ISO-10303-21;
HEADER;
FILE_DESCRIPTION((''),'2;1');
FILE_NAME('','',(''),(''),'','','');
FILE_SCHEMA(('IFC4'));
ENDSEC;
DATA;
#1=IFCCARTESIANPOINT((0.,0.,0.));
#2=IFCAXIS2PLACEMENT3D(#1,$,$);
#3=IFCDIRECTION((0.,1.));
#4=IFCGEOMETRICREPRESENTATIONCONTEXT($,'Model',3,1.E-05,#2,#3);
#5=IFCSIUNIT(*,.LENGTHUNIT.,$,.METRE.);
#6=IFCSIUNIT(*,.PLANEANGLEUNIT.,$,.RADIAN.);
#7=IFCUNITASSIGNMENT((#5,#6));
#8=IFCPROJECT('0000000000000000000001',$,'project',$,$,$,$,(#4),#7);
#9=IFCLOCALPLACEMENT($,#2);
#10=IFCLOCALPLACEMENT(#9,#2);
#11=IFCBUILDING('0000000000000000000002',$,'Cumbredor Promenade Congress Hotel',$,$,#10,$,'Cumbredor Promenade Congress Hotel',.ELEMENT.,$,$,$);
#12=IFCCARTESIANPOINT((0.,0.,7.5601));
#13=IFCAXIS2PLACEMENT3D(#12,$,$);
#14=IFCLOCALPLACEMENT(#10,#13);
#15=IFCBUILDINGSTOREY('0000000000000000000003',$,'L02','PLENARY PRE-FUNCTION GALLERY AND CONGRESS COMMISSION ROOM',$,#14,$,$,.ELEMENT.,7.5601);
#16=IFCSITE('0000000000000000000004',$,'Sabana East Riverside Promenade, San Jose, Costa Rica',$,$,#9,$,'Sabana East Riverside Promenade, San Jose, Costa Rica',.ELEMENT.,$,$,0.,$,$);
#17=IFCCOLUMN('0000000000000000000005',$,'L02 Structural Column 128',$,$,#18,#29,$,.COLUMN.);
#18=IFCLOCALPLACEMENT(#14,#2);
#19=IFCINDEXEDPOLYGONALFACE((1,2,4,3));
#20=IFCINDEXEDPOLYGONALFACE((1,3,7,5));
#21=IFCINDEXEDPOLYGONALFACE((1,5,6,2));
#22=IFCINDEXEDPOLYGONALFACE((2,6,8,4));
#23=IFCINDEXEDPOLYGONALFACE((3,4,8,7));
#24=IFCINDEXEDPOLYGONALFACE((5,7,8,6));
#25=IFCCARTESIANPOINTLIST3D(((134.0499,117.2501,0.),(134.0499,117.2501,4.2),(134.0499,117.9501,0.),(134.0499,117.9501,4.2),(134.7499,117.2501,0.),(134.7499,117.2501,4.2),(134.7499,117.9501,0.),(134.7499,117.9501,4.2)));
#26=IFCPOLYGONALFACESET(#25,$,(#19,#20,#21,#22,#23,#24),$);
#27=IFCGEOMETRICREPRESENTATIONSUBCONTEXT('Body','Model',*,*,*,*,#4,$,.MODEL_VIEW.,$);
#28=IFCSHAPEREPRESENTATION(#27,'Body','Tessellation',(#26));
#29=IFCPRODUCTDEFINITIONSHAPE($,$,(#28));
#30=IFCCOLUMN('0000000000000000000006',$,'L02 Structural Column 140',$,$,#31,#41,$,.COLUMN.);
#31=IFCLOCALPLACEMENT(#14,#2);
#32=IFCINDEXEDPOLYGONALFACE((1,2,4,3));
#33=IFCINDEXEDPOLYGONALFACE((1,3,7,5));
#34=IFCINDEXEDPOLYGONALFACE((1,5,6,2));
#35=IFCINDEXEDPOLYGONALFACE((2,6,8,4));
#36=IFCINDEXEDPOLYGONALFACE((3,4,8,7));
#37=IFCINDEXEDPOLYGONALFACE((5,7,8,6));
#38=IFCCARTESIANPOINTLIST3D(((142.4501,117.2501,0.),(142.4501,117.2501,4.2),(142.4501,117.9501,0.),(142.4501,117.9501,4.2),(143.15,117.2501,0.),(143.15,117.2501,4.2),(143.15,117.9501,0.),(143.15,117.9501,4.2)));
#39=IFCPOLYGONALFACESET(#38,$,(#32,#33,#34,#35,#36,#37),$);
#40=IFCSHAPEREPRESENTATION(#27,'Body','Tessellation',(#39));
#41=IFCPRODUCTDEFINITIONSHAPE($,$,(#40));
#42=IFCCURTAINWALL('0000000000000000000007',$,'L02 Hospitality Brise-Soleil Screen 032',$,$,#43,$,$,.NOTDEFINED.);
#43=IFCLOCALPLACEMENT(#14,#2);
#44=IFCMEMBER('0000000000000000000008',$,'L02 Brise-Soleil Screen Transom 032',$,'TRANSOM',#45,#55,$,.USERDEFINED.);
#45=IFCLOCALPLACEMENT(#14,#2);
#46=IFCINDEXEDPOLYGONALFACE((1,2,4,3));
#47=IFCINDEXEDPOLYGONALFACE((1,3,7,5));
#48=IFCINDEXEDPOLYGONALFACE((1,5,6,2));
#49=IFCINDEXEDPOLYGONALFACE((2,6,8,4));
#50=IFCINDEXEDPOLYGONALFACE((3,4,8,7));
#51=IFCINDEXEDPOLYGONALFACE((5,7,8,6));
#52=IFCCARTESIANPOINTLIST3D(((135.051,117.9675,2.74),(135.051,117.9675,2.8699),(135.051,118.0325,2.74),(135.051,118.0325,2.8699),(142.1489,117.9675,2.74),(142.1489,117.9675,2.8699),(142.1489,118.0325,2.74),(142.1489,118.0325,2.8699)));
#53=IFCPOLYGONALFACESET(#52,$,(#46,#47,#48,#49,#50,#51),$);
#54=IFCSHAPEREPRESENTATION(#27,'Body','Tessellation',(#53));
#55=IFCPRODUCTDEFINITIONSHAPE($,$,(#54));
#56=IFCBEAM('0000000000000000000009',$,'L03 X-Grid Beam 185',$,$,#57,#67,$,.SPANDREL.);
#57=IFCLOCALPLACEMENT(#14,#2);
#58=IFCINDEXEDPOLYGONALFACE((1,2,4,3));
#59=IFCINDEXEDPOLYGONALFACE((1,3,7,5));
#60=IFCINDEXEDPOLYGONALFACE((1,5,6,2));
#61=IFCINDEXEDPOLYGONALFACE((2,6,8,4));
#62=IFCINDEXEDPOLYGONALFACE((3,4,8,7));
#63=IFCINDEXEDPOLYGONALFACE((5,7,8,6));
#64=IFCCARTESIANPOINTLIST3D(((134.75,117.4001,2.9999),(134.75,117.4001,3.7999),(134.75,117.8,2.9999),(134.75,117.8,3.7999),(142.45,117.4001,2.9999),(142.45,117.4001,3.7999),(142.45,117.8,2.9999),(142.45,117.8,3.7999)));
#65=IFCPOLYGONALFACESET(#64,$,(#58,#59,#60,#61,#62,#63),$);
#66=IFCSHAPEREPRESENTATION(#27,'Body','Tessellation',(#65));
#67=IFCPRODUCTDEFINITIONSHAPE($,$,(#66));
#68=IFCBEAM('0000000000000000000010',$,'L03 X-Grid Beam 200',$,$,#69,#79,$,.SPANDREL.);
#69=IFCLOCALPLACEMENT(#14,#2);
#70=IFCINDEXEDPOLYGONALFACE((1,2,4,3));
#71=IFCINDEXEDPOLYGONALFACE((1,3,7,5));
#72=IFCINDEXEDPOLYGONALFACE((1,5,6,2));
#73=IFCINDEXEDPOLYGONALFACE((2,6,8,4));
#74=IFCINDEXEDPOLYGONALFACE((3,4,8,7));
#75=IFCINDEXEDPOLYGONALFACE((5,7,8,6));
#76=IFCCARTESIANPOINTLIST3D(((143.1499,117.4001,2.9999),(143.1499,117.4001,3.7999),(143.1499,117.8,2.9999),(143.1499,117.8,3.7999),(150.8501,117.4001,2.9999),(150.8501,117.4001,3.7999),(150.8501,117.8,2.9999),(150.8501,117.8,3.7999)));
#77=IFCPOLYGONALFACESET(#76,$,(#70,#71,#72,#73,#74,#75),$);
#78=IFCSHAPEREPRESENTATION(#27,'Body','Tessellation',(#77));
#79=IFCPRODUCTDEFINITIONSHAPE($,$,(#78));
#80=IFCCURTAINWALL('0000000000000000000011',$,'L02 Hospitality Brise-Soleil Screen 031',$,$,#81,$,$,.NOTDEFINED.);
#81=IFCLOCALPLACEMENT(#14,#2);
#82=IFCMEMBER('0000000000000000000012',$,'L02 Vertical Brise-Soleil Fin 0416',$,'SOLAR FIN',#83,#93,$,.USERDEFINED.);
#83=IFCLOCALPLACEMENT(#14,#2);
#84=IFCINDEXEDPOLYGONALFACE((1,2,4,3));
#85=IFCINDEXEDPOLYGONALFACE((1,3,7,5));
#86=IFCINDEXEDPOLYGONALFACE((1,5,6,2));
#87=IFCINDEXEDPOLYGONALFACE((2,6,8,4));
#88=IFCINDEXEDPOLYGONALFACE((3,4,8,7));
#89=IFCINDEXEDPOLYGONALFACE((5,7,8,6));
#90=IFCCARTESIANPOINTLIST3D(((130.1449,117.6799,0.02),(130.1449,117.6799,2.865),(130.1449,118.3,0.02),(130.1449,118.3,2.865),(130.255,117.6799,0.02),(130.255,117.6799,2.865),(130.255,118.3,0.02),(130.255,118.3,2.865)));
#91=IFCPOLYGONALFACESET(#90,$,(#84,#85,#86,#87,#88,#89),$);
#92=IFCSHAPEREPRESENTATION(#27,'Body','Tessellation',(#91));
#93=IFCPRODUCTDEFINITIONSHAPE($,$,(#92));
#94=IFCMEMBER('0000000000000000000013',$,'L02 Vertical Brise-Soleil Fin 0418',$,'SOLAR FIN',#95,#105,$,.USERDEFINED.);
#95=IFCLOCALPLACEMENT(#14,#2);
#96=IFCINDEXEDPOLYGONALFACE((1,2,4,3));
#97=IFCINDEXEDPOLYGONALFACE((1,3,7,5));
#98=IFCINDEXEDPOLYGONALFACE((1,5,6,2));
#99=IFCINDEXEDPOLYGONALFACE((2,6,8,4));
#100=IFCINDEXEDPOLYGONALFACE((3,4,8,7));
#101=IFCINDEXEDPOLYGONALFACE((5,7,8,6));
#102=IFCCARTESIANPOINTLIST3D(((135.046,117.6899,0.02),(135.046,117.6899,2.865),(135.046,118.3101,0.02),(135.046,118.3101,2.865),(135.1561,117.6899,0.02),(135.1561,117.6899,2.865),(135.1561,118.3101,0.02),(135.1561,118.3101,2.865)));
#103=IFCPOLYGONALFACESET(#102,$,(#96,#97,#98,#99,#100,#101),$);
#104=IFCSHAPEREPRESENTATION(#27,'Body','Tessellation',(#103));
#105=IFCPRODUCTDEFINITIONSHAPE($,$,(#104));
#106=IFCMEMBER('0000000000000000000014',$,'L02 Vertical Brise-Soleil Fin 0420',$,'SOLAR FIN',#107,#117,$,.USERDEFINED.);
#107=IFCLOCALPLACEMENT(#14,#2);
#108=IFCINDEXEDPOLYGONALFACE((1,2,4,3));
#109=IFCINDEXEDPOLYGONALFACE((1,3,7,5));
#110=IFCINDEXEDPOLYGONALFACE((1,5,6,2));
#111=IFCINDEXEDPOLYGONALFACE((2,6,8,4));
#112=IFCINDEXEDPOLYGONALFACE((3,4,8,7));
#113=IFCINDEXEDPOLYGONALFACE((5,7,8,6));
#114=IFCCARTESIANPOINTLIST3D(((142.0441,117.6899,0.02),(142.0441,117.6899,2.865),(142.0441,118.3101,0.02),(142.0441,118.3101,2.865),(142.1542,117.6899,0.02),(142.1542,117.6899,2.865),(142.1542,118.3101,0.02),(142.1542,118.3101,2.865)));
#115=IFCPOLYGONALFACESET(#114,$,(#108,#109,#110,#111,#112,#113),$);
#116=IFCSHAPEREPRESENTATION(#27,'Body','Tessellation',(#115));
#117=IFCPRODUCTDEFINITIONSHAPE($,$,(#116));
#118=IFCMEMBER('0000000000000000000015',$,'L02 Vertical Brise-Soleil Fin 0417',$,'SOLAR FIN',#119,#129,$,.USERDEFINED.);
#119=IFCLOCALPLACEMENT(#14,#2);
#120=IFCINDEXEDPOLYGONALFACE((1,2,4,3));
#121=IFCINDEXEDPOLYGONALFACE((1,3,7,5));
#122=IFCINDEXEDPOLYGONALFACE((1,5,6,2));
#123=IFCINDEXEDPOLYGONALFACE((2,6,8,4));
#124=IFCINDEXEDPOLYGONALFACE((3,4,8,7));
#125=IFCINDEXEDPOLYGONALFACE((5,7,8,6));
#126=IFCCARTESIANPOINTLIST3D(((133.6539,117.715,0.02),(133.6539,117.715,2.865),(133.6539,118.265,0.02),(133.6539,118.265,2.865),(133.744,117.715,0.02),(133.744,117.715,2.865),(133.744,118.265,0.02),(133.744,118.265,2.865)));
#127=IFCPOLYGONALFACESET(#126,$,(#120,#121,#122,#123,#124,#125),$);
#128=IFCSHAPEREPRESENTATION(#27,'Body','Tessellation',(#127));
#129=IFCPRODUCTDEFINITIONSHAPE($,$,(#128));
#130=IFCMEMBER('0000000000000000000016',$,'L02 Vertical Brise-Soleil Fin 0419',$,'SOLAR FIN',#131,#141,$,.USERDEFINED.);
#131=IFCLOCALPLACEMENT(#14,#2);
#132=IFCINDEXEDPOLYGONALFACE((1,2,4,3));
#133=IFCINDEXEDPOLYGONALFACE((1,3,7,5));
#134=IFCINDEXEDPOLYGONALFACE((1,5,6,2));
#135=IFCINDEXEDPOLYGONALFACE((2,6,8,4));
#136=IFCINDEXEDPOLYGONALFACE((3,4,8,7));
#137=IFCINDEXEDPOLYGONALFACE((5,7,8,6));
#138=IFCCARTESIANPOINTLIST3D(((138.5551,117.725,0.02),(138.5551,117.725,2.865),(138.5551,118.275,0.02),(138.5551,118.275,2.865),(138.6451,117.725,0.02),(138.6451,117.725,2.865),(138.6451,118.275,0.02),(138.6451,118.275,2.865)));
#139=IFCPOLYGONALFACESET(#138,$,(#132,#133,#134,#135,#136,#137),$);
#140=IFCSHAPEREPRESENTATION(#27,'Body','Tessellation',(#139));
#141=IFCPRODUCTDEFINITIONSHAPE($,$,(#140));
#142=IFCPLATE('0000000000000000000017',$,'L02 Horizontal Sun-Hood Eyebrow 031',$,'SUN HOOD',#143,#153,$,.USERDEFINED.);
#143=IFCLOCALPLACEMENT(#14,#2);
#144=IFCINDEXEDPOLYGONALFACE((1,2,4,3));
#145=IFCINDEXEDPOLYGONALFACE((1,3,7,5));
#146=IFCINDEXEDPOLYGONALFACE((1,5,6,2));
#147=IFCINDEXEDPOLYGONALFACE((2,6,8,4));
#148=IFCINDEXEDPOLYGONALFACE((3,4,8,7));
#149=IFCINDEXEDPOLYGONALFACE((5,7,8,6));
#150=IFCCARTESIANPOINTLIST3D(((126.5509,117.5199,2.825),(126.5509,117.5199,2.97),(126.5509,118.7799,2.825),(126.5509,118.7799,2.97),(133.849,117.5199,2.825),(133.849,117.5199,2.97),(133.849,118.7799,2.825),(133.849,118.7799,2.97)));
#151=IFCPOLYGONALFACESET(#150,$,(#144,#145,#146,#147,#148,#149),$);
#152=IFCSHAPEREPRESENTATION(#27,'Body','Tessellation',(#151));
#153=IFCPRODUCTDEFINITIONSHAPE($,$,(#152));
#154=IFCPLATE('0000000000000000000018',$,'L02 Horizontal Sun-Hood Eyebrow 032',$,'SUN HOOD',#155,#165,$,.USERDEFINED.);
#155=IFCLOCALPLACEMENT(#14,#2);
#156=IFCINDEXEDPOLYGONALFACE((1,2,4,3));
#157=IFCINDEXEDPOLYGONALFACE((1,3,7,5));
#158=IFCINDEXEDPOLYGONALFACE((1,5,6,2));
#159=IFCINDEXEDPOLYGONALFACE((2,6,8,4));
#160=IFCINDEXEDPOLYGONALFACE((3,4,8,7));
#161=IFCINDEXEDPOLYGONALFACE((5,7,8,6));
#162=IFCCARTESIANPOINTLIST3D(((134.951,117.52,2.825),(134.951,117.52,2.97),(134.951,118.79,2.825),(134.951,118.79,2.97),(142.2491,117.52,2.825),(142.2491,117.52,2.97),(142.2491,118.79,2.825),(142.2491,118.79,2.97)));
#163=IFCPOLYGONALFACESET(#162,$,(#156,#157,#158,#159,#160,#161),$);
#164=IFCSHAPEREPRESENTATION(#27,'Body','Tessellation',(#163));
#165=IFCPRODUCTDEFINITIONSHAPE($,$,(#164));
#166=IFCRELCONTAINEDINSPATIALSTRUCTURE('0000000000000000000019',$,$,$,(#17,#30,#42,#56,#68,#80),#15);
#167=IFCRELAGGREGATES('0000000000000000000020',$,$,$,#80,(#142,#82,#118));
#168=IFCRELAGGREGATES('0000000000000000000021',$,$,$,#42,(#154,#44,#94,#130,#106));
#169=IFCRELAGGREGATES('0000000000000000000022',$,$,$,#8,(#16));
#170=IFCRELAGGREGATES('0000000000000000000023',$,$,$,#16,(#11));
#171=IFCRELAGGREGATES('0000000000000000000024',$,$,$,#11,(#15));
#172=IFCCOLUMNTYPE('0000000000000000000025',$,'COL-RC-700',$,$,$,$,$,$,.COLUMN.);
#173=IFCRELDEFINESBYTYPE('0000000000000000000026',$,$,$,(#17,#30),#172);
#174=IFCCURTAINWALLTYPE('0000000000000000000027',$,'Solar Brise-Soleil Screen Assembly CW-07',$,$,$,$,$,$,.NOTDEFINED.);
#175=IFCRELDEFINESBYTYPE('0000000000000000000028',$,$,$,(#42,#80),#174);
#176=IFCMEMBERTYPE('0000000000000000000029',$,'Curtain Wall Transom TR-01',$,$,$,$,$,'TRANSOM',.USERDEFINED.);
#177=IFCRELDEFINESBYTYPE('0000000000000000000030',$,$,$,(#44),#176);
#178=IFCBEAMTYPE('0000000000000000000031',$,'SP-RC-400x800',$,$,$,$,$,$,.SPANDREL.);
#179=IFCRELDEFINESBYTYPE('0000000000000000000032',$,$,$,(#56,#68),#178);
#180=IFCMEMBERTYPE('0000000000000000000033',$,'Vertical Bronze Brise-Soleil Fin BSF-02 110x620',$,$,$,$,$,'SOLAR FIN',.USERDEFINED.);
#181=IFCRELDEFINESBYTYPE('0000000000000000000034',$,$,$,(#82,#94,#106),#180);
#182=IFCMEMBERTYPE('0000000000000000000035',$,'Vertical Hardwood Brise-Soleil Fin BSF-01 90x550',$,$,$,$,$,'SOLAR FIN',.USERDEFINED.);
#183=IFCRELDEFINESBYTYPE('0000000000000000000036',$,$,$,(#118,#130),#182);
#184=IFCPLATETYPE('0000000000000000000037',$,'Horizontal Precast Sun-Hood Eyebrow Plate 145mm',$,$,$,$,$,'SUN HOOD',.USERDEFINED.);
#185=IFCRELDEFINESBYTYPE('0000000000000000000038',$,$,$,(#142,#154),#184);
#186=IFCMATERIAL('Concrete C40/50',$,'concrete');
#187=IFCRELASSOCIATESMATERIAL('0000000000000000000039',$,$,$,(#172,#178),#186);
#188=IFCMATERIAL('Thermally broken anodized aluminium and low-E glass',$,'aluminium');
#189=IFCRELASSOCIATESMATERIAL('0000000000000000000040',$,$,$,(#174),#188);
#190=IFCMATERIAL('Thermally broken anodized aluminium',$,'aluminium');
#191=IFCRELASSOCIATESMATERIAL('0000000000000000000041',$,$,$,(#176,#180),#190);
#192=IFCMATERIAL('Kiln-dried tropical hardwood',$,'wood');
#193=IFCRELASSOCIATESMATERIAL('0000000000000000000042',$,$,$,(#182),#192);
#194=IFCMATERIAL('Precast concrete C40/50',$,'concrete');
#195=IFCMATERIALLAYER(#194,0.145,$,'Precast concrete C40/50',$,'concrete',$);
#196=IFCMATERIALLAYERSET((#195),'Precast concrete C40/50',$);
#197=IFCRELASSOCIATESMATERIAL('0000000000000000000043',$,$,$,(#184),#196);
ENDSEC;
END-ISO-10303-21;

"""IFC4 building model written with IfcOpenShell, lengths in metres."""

from ifc_helpers import new_model, si_unit, direction, frame, origin, origin_2d, place, context, subcontext, project, spatial, rectangle, extrude, material, layer, layer_set, material_profile, profile_set, type_object, element, aggregate, save


model = new_model("IFC4")

# Units and contexts
model_context = context("Model", 3, precision=1e-05, world=origin(), true_north=direction((0.0, 1.0)))
body_context = subcontext(model_context, "Body", "Model", "MODEL_VIEW")
ifc_project = project(units=[si_unit("LENGTHUNIT", "METRE"), si_unit("PLANEANGLEUNIT", "RADIAN")], contexts=[model_context])

# Site, building, storey
site_placement = place(None, origin())
site = spatial("IfcSite", under=ifc_project, at=site_placement, Name="Sabana East Riverside Promenade, San Jose, Costa Rica", LongName="Sabana East Riverside Promenade, San Jose, Costa Rica", CompositionType="ELEMENT", RefElevation=0.0)
building_placement = place(site_placement, origin())
building = spatial("IfcBuilding", under=site, at=building_placement, Name="Cumbredor Promenade Congress Hotel", LongName="Cumbredor Promenade Congress Hotel", CompositionType="ELEMENT")
storey_placement = place(building_placement, frame((0.0, 0.0, 7.5601)))
storey = spatial("IfcBuildingStorey", under=building, at=storey_placement, Name="L02", Description="PLENARY PRE-FUNCTION GALLERY AND CONGRESS COMMISSION ROOM", CompositionType="ELEMENT", Elevation=7.5601)

# Columns
ifc_material_1 = material(Name="Concrete C40/50", Category="concrete")
ifc_material_profile_1 = material_profile(ifc_material_1, rectangle(XDim=0.7, YDim=0.7, at=origin_2d()), Name="RC 700x700")
ifc_profile_set_1 = profile_set([ifc_material_profile_1], Name="Concrete C40/50")
column_type = type_object("IfcColumnType", Name="COL-RC-700", PredefinedType="COLUMN", material=ifc_profile_set_1)
for number, where, z_axis, x_axis, name in (
    (1, (134.3999, 117.6001, 0.0), (0.0, 0.0, 1.0), (1.0, 0.0, 0.0), "L02 Structural Column 128"),
    (2, (142.8, 117.6001, 0.0), (0.0, 0.0, 1.0), (1.0, 0.0, 0.0), "L02 Structural Column 140"),
):
    element("IfcColumn", number, at=place(storey_placement, frame(where, z_axis=z_axis, x_axis=x_axis)), inside=storey, type_object=column_type, Name=name, PredefinedType="COLUMN", context=body_context, shape_type="SweptSolid", body=[
        extrude(rectangle(XDim=0.7, YDim=0.7, at=origin_2d()), origin(), (0.0, 0.0, 1.0), 4.2),
    ])

# Curtain wall, member
ifc_material_2 = material(Name="Thermally broken anodized aluminium and low-E glass", Category="aluminium")
curtain_wall_type = type_object("IfcCurtainWallType", Name="Solar Brise-Soleil Screen Assembly CW-07", PredefinedType="NOTDEFINED", material=ifc_material_2)
curtain_wall_1_placement = place(storey_placement, origin())
curtain_wall_1 = element("IfcCurtainWall", 3, at=curtain_wall_1_placement, inside=storey, type_object=curtain_wall_type, Name="L02 Hospitality Brise-Soleil Screen 032", PredefinedType="NOTDEFINED")
ifc_material_3 = material(Name="Thermally broken anodized aluminium", Category="aluminium")
ifc_material_profile_2 = material_profile(ifc_material_3, rectangle(XDim=0.0649, YDim=0.1299, at=origin_2d()), Name="ALU TRANSOM 65x130")
ifc_profile_set_2 = profile_set([ifc_material_profile_2], Name="Thermally broken anodized aluminium")
member_type_1 = type_object("IfcMemberType", Name="Curtain Wall Transom TR-01", ElementType="TRANSOM", PredefinedType="USERDEFINED", material=ifc_profile_set_2)
member_1_placement = place(storey_placement, frame((135.051, 118.0, 2.8049), z_axis=(1.0, 0.0, 0.0), x_axis=(0.0, 1.0, 0.0)))
member_1 = element("IfcMember", 4, at=member_1_placement, type_object=member_type_1, Name="L02 Brise-Soleil Screen Transom 032", ObjectType="TRANSOM", PredefinedType="USERDEFINED", context=body_context, shape_type="SweptSolid", body=[
    extrude(rectangle(XDim=0.0649, YDim=0.1299, at=origin_2d()), origin(), (0.0, 0.0, 1.0), 7.0979),
])

# Beams
ifc_material_profile_3 = material_profile(ifc_material_1, rectangle(XDim=0.3999, YDim=0.8, at=origin_2d()), Name="RC SPANDREL 400x800")
ifc_profile_set_3 = profile_set([ifc_material_profile_3], Name="Concrete C40/50")
beam_type = type_object("IfcBeamType", Name="SP-RC-400x800", PredefinedType="SPANDREL", material=ifc_profile_set_3)
beam_1_placement = place(storey_placement, frame((134.75, 117.6001, 3.3999), z_axis=(1.0, 0.0, 0.0), x_axis=(0.0, 1.0, 0.0)))
element("IfcBeam", 5, at=beam_1_placement, inside=storey, type_object=beam_type, Name="L03 X-Grid Beam 185", PredefinedType="SPANDREL", context=body_context, shape_type="SweptSolid", body=[
    extrude(rectangle(XDim=0.3999, YDim=0.8, at=origin_2d()), origin(), (0.0, 0.0, 1.0), 7.7),
])
beam_2_placement = place(storey_placement, frame((143.1499, 117.6001, 3.3999), z_axis=(1.0, 0.0, 0.0), x_axis=(0.0, 1.0, 0.0)))
element("IfcBeam", 6, at=beam_2_placement, inside=storey, type_object=beam_type, Name="L03 X-Grid Beam 200", PredefinedType="SPANDREL", context=body_context, shape_type="SweptSolid", body=[
    extrude(rectangle(XDim=0.3999, YDim=0.8, at=origin_2d()), origin(), (0.0, 0.0, 1.0), 7.7002),
])

# Curtain wall, member
curtain_wall_2_placement = place(storey_placement, origin())
curtain_wall_2 = element("IfcCurtainWall", 7, at=curtain_wall_2_placement, inside=storey, type_object=curtain_wall_type, Name="L02 Hospitality Brise-Soleil Screen 031", PredefinedType="NOTDEFINED")
ifc_material_profile_4 = material_profile(ifc_material_3, rectangle(XDim=0.1101, YDim=0.6201, at=origin_2d()), Name="ARCH FIN 110x620")
ifc_profile_set_4 = profile_set([ifc_material_profile_4], Name="Thermally broken anodized aluminium")
member_type_2 = type_object("IfcMemberType", Name="Vertical Bronze Brise-Soleil Fin BSF-02 110x620", ElementType="SOLAR FIN", PredefinedType="USERDEFINED", material=ifc_profile_set_4)
member_2_placement = place(storey_placement, frame((130.2, 117.99, 0.02), z_axis=(0.0, 0.0, 1.0), x_axis=(1.0, 0.0, 0.0)))
member_2 = element("IfcMember", 8, at=member_2_placement, type_object=member_type_2, Name="L02 Vertical Brise-Soleil Fin 0416", ObjectType="SOLAR FIN", PredefinedType="USERDEFINED", context=body_context, shape_type="SweptSolid", body=[
    extrude(rectangle(XDim=0.1101, YDim=0.6201, at=origin_2d()), origin(), (0.0, 0.0, 1.0), 2.845),
])

# Members
member_3_placement = place(storey_placement, frame((135.1011, 118.0, 0.02), z_axis=(0.0, 0.0, 1.0), x_axis=(1.0, 0.0, 0.0)))
member_3 = element("IfcMember", 9, at=member_3_placement, type_object=member_type_2, Name="L02 Vertical Brise-Soleil Fin 0418", ObjectType="SOLAR FIN", PredefinedType="USERDEFINED", context=body_context, shape_type="SweptSolid", body=[
    extrude(rectangle(XDim=0.1101, YDim=0.6201, at=origin_2d()), origin(), (0.0, 0.0, 1.0), 2.845),
])
member_4_placement = place(storey_placement, frame((142.0991, 118.0, 0.02), z_axis=(0.0, 0.0, 1.0), x_axis=(1.0, 0.0, 0.0)))
member_4 = element("IfcMember", 10, at=member_4_placement, type_object=member_type_2, Name="L02 Vertical Brise-Soleil Fin 0420", ObjectType="SOLAR FIN", PredefinedType="USERDEFINED", context=body_context, shape_type="SweptSolid", body=[
    extrude(rectangle(XDim=0.1101, YDim=0.6201, at=origin_2d()), origin(), (0.0, 0.0, 1.0), 2.845),
])
ifc_material_4 = material(Name="Kiln-dried tropical hardwood", Category="wood")
ifc_material_profile_5 = material_profile(ifc_material_4, rectangle(XDim=0.0901, YDim=0.55, at=origin_2d()), Name="ARCH FIN 90x550")
ifc_profile_set_5 = profile_set([ifc_material_profile_5], Name="Kiln-dried tropical hardwood")
member_type_3 = type_object("IfcMemberType", Name="Vertical Hardwood Brise-Soleil Fin BSF-01 90x550", ElementType="SOLAR FIN", PredefinedType="USERDEFINED", material=ifc_profile_set_5)
member_5_placement = place(storey_placement, frame((133.699, 117.99, 0.02), z_axis=(0.0, 0.0, 1.0), x_axis=(1.0, 0.0, 0.0)))
member_5 = element("IfcMember", 11, at=member_5_placement, type_object=member_type_3, Name="L02 Vertical Brise-Soleil Fin 0417", ObjectType="SOLAR FIN", PredefinedType="USERDEFINED", context=body_context, shape_type="SweptSolid", body=[
    extrude(rectangle(XDim=0.0901, YDim=0.55, at=origin_2d()), origin(), (0.0, 0.0, 1.0), 2.845),
])
member_6_placement = place(storey_placement, frame((138.6001, 118.0, 0.02), z_axis=(0.0, 0.0, 1.0), x_axis=(1.0, 0.0, 0.0)))
member_6 = element("IfcMember", 12, at=member_6_placement, type_object=member_type_3, Name="L02 Vertical Brise-Soleil Fin 0419", ObjectType="SOLAR FIN", PredefinedType="USERDEFINED", context=body_context, shape_type="SweptSolid", body=[
    extrude(rectangle(XDim=0.0901, YDim=0.55, at=origin_2d()), origin(), (0.0, 0.0, 1.0), 2.845),
])

# Plates
ifc_material_5 = material(Name="Precast concrete C40/50", Category="concrete")
ifc_layer_1 = layer(ifc_material_5, 0.145, Name="Precast concrete C40/50", Category="concrete")
ifc_layer_set_1 = layer_set([ifc_layer_1], Name="Precast concrete C40/50")
plate_type = type_object("IfcPlateType", Name="Horizontal Precast Sun-Hood Eyebrow Plate 145mm", ElementType="SUN HOOD", PredefinedType="USERDEFINED", material=ifc_layer_set_1)
plate_1_placement = place(storey_placement, frame((130.2, 118.1499, 2.825), z_axis=(0.0, 0.0, 1.0), x_axis=(1.0, 0.0, 0.0)))
plate_1 = element("IfcPlate", 13, at=plate_1_placement, type_object=plate_type, Name="L02 Horizontal Sun-Hood Eyebrow 031", ObjectType="SUN HOOD", PredefinedType="USERDEFINED", context=body_context, shape_type="SweptSolid", body=[
    extrude(rectangle(XDim=7.2981, YDim=1.26, at=origin_2d()), origin(), (0.0, 0.0, 1.0), 0.145),
])
aggregate(curtain_wall_2, [plate_1, member_2, member_5])
plate_2_placement = place(storey_placement, frame((138.6001, 118.155, 2.825), z_axis=(0.0, 0.0, 1.0), x_axis=(1.0, 0.0, 0.0)))
plate_2 = element("IfcPlate", 14, at=plate_2_placement, type_object=plate_type, Name="L02 Horizontal Sun-Hood Eyebrow 032", ObjectType="SUN HOOD", PredefinedType="USERDEFINED", context=body_context, shape_type="SweptSolid", body=[
    extrude(rectangle(XDim=7.2981, YDim=1.27, at=origin_2d()), origin(), (0.0, 0.0, 1.0), 0.145),
])
aggregate(curtain_wall_1, [plate_2, member_1, member_3, member_6, member_4])

save(model, "model.ifc")
